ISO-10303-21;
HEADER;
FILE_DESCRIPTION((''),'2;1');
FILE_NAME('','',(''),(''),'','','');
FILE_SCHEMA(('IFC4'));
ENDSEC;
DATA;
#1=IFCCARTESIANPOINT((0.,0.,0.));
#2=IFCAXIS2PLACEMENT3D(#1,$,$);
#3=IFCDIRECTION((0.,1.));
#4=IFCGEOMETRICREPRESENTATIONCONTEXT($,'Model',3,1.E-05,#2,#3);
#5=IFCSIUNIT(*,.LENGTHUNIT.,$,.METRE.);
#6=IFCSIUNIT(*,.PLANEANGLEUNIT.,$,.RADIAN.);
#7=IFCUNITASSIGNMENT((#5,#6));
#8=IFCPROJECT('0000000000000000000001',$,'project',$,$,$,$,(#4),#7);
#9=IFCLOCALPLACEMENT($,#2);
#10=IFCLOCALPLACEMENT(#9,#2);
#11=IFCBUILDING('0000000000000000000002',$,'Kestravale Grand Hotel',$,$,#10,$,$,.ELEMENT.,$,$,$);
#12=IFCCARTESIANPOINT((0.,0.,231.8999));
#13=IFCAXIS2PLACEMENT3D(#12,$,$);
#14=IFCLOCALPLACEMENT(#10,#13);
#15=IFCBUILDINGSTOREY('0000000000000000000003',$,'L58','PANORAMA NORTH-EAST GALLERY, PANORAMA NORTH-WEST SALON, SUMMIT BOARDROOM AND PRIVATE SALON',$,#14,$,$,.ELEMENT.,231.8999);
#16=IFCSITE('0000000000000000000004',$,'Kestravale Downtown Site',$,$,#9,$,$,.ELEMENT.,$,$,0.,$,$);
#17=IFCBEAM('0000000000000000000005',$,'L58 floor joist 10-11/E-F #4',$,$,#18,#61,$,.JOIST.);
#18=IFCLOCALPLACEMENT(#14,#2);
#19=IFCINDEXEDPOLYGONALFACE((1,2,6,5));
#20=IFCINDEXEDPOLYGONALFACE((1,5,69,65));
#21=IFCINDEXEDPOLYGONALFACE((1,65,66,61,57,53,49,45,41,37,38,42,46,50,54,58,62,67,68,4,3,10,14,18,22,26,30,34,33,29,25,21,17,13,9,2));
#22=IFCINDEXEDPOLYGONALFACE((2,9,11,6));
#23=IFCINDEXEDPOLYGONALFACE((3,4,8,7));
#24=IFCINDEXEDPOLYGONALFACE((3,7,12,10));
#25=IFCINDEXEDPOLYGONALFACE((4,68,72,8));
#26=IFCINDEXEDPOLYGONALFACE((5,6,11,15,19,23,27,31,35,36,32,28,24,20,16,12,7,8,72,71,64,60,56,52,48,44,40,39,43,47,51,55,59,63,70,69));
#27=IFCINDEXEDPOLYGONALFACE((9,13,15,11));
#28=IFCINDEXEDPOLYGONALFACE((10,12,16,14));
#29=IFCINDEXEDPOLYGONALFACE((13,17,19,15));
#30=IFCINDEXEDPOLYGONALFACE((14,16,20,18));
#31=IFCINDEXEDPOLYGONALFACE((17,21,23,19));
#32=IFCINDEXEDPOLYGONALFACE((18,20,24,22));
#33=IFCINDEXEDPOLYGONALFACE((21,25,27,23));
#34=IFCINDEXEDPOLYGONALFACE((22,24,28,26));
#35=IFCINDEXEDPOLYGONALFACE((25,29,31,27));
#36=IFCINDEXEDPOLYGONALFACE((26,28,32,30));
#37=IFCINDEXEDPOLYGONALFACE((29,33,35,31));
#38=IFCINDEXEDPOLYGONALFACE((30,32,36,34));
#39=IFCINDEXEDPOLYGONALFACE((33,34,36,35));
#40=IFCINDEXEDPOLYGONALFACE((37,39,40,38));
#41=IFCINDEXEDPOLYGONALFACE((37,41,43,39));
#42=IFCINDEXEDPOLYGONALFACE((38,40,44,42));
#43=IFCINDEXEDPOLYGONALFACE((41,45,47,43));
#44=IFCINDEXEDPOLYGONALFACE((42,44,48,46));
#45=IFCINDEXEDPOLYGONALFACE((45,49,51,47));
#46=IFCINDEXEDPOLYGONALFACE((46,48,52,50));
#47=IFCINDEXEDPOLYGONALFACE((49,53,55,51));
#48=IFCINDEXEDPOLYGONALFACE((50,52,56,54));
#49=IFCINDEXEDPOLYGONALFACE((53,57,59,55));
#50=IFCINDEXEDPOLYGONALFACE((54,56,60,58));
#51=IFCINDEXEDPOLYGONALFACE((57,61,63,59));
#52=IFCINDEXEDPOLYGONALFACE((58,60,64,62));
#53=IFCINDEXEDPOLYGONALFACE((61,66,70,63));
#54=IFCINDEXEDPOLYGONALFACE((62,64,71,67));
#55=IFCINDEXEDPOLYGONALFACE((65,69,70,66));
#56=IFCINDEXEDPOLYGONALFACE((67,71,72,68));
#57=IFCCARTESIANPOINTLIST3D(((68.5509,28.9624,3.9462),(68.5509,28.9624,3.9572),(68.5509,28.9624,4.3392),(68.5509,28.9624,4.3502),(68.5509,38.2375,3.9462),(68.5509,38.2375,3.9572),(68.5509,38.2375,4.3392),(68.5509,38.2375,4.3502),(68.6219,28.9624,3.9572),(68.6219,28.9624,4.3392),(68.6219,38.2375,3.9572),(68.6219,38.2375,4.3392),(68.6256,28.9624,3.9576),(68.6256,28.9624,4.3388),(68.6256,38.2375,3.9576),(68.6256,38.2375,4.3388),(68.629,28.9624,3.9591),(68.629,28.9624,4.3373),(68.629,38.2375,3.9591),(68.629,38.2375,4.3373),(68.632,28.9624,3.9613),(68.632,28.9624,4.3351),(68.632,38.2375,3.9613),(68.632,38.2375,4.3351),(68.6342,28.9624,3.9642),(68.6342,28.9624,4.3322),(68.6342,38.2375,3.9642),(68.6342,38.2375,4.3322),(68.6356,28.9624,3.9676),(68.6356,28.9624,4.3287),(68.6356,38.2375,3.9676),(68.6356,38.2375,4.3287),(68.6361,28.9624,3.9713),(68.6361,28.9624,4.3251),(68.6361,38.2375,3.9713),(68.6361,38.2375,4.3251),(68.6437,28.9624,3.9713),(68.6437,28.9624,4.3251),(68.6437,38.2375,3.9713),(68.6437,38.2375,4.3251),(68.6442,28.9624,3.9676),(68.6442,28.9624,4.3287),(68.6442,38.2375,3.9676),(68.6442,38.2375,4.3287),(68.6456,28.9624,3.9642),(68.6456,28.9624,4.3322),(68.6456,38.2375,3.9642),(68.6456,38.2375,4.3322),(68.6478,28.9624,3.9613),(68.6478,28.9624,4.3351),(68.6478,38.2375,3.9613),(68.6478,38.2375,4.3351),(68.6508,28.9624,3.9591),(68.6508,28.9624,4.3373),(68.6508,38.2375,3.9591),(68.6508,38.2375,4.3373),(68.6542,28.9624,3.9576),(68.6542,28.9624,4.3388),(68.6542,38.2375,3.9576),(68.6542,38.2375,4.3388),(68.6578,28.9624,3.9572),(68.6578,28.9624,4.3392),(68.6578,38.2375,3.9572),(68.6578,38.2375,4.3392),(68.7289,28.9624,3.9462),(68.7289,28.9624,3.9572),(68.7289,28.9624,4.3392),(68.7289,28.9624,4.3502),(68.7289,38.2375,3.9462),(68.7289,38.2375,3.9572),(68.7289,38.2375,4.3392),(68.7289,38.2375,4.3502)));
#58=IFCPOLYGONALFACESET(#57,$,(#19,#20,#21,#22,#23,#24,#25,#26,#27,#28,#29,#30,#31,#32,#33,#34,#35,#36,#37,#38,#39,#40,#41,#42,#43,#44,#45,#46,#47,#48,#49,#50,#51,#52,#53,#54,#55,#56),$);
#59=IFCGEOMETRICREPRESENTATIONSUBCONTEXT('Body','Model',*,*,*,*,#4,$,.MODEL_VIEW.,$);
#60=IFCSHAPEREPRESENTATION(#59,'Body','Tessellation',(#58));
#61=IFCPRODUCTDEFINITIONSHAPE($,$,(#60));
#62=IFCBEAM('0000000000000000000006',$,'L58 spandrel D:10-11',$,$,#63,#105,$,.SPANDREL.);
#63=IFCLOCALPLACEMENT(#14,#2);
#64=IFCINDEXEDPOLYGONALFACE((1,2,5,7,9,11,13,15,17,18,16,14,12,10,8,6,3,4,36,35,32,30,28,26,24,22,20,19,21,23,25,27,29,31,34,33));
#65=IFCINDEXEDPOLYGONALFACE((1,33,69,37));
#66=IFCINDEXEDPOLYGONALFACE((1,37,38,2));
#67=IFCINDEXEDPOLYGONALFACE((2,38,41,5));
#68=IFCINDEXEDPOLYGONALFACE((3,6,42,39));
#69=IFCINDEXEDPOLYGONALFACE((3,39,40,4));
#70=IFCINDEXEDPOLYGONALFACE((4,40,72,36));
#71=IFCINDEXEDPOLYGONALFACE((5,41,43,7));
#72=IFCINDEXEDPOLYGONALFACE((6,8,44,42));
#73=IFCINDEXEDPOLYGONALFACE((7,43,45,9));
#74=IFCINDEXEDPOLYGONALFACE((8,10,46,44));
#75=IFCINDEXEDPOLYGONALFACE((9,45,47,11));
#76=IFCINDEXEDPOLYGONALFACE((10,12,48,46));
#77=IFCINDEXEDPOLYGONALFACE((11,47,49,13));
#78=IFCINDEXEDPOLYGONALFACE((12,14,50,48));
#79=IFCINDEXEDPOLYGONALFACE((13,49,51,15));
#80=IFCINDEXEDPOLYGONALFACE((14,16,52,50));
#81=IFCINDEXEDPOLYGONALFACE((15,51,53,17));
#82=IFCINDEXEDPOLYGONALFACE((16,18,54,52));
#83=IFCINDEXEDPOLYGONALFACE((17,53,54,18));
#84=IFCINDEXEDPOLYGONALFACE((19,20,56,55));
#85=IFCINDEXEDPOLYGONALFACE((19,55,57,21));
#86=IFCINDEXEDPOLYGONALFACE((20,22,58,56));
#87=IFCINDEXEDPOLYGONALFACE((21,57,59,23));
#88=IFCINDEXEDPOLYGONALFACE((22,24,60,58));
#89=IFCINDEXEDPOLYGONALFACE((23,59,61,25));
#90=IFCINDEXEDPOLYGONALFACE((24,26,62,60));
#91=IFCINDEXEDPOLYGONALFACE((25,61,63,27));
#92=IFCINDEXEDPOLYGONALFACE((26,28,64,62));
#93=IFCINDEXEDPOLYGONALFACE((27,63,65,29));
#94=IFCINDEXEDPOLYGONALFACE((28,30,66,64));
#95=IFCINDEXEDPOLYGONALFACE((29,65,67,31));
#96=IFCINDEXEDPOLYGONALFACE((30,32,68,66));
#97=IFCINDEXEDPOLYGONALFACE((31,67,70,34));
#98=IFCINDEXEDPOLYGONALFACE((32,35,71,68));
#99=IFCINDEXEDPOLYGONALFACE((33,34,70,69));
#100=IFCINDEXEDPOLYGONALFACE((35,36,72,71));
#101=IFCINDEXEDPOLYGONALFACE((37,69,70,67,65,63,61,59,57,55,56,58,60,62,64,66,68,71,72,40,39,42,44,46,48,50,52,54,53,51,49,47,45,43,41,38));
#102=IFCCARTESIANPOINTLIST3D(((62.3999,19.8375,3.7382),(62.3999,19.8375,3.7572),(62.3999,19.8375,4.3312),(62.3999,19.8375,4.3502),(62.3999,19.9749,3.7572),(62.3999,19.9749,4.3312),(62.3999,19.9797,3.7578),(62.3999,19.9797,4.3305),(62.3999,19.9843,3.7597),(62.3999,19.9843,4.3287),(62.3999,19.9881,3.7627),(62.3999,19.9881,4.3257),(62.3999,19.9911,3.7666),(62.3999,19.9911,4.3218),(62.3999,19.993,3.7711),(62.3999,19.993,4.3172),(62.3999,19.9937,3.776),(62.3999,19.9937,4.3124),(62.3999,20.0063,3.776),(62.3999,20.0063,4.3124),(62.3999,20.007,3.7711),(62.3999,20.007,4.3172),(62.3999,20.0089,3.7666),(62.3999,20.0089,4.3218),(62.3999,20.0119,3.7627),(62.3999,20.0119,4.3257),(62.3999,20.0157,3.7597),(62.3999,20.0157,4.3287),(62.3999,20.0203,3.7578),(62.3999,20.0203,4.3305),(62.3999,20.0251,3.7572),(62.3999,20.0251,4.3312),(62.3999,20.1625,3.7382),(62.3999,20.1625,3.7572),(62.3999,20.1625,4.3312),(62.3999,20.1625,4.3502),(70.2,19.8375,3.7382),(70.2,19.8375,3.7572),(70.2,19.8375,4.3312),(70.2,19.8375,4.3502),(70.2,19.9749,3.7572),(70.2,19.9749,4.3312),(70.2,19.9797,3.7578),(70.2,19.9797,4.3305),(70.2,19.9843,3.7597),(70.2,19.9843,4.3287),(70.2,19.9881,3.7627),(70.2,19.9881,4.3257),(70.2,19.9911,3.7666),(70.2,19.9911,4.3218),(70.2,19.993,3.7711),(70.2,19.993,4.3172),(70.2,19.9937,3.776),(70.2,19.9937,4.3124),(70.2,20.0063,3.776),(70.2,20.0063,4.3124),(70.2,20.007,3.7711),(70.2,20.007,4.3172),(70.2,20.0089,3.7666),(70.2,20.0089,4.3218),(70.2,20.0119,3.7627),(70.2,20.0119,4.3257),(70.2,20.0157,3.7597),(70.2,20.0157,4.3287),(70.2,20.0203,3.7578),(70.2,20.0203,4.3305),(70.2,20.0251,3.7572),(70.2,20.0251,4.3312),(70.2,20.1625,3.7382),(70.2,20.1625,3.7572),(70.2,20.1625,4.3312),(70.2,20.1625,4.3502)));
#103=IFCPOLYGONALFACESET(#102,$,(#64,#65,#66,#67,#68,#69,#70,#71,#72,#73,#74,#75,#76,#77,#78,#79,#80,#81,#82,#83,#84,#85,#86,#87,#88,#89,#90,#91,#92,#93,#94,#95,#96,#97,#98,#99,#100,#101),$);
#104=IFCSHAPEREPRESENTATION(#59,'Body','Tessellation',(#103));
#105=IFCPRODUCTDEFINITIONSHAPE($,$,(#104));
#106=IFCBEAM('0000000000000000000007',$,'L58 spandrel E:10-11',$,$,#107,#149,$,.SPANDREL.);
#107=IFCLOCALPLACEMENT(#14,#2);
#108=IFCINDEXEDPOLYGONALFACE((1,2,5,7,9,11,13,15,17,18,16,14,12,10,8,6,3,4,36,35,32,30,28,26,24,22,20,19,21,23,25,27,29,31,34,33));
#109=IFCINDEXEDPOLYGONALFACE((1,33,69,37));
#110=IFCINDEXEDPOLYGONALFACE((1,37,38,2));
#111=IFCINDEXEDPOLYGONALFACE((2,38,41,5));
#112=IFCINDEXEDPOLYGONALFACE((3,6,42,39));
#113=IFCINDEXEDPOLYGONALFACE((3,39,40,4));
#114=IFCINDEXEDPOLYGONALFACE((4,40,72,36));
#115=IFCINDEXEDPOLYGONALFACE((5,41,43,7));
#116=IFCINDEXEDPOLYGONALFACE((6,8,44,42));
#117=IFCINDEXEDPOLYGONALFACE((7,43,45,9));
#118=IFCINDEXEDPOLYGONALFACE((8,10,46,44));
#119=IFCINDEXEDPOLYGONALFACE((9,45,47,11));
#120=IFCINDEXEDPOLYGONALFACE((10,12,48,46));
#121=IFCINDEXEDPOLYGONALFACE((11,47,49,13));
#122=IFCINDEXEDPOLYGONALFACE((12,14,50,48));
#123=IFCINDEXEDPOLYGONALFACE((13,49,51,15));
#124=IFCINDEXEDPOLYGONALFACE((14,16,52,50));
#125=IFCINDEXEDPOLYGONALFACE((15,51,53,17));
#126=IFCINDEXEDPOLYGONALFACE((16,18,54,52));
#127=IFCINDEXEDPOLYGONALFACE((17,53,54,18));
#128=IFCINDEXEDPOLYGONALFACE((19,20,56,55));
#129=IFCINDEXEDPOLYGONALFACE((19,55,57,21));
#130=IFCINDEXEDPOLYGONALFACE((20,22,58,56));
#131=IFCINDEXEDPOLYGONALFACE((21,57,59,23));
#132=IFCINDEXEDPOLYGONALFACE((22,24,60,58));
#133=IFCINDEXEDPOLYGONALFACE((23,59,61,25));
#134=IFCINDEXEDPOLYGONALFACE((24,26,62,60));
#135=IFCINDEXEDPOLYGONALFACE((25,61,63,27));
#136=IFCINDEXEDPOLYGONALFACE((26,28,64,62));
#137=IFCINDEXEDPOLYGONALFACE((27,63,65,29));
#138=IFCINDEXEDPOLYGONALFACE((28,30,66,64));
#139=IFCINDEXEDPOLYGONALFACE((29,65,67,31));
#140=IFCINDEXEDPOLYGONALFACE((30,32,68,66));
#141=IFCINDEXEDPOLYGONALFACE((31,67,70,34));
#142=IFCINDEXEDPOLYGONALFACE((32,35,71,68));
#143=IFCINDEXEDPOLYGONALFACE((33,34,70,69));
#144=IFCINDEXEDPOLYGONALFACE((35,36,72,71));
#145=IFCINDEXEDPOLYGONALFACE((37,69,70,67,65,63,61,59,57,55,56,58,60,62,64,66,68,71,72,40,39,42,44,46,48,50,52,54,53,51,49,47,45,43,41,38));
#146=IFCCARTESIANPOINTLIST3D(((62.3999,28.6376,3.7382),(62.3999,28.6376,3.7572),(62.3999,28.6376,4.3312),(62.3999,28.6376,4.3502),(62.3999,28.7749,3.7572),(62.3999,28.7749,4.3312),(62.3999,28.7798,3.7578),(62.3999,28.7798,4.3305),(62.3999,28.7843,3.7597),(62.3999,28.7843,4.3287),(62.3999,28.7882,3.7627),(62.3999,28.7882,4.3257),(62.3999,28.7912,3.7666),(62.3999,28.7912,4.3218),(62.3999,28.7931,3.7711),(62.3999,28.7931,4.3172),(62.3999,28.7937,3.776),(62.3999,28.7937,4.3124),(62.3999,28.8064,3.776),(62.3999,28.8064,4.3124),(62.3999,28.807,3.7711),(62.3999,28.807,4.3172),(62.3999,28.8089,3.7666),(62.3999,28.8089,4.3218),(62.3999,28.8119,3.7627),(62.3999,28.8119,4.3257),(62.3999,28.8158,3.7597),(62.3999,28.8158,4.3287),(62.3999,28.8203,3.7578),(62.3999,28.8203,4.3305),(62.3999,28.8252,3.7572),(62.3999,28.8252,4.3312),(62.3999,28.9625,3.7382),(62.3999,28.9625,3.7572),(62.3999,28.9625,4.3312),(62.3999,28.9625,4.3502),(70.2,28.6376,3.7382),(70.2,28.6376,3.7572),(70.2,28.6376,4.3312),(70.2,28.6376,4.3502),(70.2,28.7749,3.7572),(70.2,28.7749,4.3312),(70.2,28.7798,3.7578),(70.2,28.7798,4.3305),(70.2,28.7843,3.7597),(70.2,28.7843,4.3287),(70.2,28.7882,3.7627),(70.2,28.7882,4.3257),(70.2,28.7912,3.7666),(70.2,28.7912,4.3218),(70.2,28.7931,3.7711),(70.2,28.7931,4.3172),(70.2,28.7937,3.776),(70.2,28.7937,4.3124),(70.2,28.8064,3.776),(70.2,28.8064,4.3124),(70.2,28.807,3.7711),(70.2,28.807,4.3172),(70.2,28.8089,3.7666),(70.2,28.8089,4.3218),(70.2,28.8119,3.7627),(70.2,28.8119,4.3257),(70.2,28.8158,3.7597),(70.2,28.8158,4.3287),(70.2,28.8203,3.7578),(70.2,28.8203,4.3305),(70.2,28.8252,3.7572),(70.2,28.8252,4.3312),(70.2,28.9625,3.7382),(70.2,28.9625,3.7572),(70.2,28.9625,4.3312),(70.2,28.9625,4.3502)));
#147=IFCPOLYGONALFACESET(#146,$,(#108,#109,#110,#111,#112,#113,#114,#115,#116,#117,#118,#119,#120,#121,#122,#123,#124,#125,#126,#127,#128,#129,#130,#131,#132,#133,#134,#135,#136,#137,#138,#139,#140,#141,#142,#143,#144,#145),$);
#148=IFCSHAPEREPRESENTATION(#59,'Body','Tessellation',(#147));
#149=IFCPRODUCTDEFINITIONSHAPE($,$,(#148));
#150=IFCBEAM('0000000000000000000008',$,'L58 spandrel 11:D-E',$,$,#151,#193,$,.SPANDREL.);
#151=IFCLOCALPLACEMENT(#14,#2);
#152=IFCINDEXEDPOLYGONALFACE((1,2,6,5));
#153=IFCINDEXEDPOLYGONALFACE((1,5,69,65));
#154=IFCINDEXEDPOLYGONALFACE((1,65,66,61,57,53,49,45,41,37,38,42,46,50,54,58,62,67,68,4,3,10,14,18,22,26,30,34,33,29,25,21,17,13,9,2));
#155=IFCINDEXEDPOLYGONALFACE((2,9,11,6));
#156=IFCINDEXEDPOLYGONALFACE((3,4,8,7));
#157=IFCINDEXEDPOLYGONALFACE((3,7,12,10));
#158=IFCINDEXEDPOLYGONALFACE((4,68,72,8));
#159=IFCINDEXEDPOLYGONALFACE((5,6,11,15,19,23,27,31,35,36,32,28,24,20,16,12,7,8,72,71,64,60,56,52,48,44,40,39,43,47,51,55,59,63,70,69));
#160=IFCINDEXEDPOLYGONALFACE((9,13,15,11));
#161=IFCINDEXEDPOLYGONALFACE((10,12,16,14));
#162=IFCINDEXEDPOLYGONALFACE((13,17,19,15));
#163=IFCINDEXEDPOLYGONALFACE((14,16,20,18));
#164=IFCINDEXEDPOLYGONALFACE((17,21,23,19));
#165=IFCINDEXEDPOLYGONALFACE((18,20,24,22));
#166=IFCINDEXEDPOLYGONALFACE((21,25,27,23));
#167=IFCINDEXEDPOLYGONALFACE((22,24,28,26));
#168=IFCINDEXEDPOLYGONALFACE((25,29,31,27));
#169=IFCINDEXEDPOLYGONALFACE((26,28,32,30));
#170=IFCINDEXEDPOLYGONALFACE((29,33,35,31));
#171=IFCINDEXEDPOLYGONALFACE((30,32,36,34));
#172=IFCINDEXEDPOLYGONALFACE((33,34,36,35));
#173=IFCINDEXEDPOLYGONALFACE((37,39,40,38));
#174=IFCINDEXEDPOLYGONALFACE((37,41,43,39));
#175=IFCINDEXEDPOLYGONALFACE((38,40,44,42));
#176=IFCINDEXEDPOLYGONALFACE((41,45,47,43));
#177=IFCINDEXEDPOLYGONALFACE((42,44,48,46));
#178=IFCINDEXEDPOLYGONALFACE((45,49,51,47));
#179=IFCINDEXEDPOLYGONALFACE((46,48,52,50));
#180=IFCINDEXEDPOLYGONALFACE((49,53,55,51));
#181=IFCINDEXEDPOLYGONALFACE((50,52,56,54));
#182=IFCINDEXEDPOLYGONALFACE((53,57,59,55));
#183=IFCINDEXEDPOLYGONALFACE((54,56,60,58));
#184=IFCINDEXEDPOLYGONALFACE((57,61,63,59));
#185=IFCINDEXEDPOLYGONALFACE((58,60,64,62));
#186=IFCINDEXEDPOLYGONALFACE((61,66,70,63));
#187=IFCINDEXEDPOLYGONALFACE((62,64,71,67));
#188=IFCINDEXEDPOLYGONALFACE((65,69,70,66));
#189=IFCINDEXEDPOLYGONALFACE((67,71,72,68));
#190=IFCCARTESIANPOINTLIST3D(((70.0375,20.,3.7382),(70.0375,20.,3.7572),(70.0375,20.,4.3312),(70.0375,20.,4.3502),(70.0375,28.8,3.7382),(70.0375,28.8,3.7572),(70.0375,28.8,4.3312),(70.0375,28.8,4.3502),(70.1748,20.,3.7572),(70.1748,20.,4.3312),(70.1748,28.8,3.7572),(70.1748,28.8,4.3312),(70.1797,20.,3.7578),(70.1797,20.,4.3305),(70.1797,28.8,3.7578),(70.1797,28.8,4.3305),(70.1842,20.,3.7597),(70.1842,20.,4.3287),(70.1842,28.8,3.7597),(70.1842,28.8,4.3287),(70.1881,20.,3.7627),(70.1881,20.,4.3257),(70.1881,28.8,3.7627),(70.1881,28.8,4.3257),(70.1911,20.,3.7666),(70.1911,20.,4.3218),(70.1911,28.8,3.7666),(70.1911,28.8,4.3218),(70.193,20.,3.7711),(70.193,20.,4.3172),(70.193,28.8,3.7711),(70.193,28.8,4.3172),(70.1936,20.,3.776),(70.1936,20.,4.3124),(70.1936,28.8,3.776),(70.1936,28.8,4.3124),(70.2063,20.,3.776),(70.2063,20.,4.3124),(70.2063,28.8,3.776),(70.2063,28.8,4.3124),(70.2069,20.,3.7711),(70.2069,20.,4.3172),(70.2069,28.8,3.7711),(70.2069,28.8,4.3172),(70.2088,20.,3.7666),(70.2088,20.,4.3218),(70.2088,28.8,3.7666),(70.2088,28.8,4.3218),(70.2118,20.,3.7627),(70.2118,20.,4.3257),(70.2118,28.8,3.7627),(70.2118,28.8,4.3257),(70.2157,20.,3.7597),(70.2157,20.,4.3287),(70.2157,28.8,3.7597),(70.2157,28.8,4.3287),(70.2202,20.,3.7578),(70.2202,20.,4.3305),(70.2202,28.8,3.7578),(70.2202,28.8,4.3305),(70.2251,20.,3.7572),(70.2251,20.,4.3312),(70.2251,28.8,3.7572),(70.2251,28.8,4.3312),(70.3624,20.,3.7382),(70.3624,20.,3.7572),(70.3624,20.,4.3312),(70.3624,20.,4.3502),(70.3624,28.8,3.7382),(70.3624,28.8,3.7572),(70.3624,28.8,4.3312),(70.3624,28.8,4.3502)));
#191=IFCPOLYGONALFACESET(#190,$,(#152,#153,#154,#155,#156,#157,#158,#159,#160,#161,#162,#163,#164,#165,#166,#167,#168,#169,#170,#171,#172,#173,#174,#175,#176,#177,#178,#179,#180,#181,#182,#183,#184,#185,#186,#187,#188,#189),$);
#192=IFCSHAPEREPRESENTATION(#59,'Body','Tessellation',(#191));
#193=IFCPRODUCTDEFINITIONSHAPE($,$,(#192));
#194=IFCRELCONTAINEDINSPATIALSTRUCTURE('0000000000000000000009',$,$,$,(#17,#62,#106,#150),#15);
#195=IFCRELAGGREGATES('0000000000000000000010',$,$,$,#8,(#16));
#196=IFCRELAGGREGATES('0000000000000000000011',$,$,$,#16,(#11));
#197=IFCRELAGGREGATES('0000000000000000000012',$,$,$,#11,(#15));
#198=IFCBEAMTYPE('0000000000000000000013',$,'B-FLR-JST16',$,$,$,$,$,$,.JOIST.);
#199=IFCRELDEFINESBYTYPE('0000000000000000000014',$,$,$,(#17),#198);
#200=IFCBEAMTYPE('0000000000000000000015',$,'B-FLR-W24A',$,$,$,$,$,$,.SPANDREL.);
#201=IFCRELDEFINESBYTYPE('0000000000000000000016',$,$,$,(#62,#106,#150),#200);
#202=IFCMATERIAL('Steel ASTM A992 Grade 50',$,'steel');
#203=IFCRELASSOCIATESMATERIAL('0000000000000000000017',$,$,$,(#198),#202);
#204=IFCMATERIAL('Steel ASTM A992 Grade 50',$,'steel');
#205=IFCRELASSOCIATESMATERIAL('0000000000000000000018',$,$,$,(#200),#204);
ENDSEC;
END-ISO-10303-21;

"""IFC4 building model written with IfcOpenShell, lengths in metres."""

from ifc_helpers import new_model, si_unit, direction, frame, origin, origin_2d, place, context, subcontext, project, spatial, i_section, extrude, material, material_profile, profile_set, type_object, element, save


model = new_model("IFC4")

# Units and contexts
model_context = context("Model", 3, precision=1e-05, world=origin(), true_north=direction((0.0, 1.0)))
body_context = subcontext(model_context, "Body", "Model", "MODEL_VIEW")
ifc_project = project(units=[si_unit("LENGTHUNIT", "METRE"), si_unit("PLANEANGLEUNIT", "RADIAN")], contexts=[model_context])

# Site, building, storey
site_placement = place(None, origin())
site = spatial("IfcSite", under=ifc_project, at=site_placement, Name="Kestravale Downtown Site", CompositionType="ELEMENT", RefElevation=0.0)
building_placement = place(site_placement, origin())
building = spatial("IfcBuilding", under=site, at=building_placement, Name="Kestravale Grand Hotel", CompositionType="ELEMENT")
storey_placement = place(building_placement, frame((0.0, 0.0, 231.8999)))
storey = spatial("IfcBuildingStorey", under=building, at=storey_placement, Name="L58", Description="PANORAMA NORTH-EAST GALLERY, PANORAMA NORTH-WEST SALON, SUMMIT BOARDROOM AND PRIVATE SALON", CompositionType="ELEMENT", Elevation=231.8999)

# Beams
ifc_material_1 = material(Name="Steel ASTM A992 Grade 50", Category="steel")
ifc_material_profile_1 = material_profile(ifc_material_1, i_section(OverallWidth=0.178, OverallDepth=0.4041, WebThickness=0.0076, FlangeThickness=0.011, FilletRadius=0.0142, at=origin_2d()))
ifc_profile_set_1 = profile_set([ifc_material_profile_1], Name="Steel ASTM A992 Grade 50")
beam_type_1 = type_object("IfcBeamType", Name="B-FLR-JST16", PredefinedType="JOIST", material=ifc_profile_set_1)
for number, where, z_axis, x_axis, name in (
    (1, (68.6399, 28.9624, 4.1482), (0.0, 1.0, 0.0), (-1.0, 0.0, 0.0), "L58 floor joist 10-11/E-F #4"),
):
    element("IfcBeam", number, at=place(storey_placement, frame(where, z_axis=z_axis, x_axis=x_axis)), inside=storey, type_object=beam_type_1, Name=name, PredefinedType="JOIST", context=body_context, shape_type="SweptSolid", body=[
        extrude(i_section(OverallWidth=0.178, OverallDepth=0.4041, WebThickness=0.0076, FlangeThickness=0.011, FilletRadius=0.0142, at=origin_2d()), origin(), (0.0, 0.0, 1.0), 9.2751),
    ])
ifc_material_2 = material(Name="Steel ASTM A992 Grade 50", Category="steel")
ifc_material_profile_2 = material_profile(ifc_material_2, i_section(OverallWidth=0.325, OverallDepth=0.6121, WebThickness=0.0127, FlangeThickness=0.019, FilletRadius=0.0188, at=origin_2d()))
ifc_profile_set_2 = profile_set([ifc_material_profile_2], Name="Steel ASTM A992 Grade 50")
beam_type_2 = type_object("IfcBeamType", Name="B-FLR-W24A", PredefinedType="SPANDREL", material=ifc_profile_set_2)
for number, where, z_axis, x_axis, name in (
    (2, (62.3999, 20.0, 4.0442), (1.0, 0.0, 0.0), (0.0, 1.0, 0.0), "L58 spandrel D:10-11"),
    (3, (62.3999, 28.8, 4.0442), (1.0, 0.0, 0.0), (0.0, 1.0, 0.0), "L58 spandrel E:10-11"),
):
    element("IfcBeam", number, at=place(storey_placement, frame(where, z_axis=z_axis, x_axis=x_axis)), inside=storey, type_object=beam_type_2, Name=name, PredefinedType="SPANDREL", context=body_context, shape_type="SweptSolid", body=[
        extrude(i_section(OverallWidth=0.325, OverallDepth=0.6121, WebThickness=0.0127, FlangeThickness=0.019, FilletRadius=0.0188, at=origin_2d()), origin(), (0.0, 0.0, 1.0), 7.8),
    ])
beam_1_placement = place(storey_placement, frame((70.2, 20.0, 4.0442), z_axis=(0.0, 1.0, 0.0), x_axis=(-1.0, 0.0, 0.0)))
element("IfcBeam", 4, at=beam_1_placement, inside=storey, type_object=beam_type_2, Name="L58 spandrel 11:D-E", PredefinedType="SPANDREL", context=body_context, shape_type="SweptSolid", body=[
    extrude(i_section(OverallWidth=0.325, OverallDepth=0.6121, WebThickness=0.0127, FlangeThickness=0.019, FilletRadius=0.0188, at=origin_2d()), origin(), (0.0, 0.0, 1.0), 8.8),
])

save(model, "model.ifc")
